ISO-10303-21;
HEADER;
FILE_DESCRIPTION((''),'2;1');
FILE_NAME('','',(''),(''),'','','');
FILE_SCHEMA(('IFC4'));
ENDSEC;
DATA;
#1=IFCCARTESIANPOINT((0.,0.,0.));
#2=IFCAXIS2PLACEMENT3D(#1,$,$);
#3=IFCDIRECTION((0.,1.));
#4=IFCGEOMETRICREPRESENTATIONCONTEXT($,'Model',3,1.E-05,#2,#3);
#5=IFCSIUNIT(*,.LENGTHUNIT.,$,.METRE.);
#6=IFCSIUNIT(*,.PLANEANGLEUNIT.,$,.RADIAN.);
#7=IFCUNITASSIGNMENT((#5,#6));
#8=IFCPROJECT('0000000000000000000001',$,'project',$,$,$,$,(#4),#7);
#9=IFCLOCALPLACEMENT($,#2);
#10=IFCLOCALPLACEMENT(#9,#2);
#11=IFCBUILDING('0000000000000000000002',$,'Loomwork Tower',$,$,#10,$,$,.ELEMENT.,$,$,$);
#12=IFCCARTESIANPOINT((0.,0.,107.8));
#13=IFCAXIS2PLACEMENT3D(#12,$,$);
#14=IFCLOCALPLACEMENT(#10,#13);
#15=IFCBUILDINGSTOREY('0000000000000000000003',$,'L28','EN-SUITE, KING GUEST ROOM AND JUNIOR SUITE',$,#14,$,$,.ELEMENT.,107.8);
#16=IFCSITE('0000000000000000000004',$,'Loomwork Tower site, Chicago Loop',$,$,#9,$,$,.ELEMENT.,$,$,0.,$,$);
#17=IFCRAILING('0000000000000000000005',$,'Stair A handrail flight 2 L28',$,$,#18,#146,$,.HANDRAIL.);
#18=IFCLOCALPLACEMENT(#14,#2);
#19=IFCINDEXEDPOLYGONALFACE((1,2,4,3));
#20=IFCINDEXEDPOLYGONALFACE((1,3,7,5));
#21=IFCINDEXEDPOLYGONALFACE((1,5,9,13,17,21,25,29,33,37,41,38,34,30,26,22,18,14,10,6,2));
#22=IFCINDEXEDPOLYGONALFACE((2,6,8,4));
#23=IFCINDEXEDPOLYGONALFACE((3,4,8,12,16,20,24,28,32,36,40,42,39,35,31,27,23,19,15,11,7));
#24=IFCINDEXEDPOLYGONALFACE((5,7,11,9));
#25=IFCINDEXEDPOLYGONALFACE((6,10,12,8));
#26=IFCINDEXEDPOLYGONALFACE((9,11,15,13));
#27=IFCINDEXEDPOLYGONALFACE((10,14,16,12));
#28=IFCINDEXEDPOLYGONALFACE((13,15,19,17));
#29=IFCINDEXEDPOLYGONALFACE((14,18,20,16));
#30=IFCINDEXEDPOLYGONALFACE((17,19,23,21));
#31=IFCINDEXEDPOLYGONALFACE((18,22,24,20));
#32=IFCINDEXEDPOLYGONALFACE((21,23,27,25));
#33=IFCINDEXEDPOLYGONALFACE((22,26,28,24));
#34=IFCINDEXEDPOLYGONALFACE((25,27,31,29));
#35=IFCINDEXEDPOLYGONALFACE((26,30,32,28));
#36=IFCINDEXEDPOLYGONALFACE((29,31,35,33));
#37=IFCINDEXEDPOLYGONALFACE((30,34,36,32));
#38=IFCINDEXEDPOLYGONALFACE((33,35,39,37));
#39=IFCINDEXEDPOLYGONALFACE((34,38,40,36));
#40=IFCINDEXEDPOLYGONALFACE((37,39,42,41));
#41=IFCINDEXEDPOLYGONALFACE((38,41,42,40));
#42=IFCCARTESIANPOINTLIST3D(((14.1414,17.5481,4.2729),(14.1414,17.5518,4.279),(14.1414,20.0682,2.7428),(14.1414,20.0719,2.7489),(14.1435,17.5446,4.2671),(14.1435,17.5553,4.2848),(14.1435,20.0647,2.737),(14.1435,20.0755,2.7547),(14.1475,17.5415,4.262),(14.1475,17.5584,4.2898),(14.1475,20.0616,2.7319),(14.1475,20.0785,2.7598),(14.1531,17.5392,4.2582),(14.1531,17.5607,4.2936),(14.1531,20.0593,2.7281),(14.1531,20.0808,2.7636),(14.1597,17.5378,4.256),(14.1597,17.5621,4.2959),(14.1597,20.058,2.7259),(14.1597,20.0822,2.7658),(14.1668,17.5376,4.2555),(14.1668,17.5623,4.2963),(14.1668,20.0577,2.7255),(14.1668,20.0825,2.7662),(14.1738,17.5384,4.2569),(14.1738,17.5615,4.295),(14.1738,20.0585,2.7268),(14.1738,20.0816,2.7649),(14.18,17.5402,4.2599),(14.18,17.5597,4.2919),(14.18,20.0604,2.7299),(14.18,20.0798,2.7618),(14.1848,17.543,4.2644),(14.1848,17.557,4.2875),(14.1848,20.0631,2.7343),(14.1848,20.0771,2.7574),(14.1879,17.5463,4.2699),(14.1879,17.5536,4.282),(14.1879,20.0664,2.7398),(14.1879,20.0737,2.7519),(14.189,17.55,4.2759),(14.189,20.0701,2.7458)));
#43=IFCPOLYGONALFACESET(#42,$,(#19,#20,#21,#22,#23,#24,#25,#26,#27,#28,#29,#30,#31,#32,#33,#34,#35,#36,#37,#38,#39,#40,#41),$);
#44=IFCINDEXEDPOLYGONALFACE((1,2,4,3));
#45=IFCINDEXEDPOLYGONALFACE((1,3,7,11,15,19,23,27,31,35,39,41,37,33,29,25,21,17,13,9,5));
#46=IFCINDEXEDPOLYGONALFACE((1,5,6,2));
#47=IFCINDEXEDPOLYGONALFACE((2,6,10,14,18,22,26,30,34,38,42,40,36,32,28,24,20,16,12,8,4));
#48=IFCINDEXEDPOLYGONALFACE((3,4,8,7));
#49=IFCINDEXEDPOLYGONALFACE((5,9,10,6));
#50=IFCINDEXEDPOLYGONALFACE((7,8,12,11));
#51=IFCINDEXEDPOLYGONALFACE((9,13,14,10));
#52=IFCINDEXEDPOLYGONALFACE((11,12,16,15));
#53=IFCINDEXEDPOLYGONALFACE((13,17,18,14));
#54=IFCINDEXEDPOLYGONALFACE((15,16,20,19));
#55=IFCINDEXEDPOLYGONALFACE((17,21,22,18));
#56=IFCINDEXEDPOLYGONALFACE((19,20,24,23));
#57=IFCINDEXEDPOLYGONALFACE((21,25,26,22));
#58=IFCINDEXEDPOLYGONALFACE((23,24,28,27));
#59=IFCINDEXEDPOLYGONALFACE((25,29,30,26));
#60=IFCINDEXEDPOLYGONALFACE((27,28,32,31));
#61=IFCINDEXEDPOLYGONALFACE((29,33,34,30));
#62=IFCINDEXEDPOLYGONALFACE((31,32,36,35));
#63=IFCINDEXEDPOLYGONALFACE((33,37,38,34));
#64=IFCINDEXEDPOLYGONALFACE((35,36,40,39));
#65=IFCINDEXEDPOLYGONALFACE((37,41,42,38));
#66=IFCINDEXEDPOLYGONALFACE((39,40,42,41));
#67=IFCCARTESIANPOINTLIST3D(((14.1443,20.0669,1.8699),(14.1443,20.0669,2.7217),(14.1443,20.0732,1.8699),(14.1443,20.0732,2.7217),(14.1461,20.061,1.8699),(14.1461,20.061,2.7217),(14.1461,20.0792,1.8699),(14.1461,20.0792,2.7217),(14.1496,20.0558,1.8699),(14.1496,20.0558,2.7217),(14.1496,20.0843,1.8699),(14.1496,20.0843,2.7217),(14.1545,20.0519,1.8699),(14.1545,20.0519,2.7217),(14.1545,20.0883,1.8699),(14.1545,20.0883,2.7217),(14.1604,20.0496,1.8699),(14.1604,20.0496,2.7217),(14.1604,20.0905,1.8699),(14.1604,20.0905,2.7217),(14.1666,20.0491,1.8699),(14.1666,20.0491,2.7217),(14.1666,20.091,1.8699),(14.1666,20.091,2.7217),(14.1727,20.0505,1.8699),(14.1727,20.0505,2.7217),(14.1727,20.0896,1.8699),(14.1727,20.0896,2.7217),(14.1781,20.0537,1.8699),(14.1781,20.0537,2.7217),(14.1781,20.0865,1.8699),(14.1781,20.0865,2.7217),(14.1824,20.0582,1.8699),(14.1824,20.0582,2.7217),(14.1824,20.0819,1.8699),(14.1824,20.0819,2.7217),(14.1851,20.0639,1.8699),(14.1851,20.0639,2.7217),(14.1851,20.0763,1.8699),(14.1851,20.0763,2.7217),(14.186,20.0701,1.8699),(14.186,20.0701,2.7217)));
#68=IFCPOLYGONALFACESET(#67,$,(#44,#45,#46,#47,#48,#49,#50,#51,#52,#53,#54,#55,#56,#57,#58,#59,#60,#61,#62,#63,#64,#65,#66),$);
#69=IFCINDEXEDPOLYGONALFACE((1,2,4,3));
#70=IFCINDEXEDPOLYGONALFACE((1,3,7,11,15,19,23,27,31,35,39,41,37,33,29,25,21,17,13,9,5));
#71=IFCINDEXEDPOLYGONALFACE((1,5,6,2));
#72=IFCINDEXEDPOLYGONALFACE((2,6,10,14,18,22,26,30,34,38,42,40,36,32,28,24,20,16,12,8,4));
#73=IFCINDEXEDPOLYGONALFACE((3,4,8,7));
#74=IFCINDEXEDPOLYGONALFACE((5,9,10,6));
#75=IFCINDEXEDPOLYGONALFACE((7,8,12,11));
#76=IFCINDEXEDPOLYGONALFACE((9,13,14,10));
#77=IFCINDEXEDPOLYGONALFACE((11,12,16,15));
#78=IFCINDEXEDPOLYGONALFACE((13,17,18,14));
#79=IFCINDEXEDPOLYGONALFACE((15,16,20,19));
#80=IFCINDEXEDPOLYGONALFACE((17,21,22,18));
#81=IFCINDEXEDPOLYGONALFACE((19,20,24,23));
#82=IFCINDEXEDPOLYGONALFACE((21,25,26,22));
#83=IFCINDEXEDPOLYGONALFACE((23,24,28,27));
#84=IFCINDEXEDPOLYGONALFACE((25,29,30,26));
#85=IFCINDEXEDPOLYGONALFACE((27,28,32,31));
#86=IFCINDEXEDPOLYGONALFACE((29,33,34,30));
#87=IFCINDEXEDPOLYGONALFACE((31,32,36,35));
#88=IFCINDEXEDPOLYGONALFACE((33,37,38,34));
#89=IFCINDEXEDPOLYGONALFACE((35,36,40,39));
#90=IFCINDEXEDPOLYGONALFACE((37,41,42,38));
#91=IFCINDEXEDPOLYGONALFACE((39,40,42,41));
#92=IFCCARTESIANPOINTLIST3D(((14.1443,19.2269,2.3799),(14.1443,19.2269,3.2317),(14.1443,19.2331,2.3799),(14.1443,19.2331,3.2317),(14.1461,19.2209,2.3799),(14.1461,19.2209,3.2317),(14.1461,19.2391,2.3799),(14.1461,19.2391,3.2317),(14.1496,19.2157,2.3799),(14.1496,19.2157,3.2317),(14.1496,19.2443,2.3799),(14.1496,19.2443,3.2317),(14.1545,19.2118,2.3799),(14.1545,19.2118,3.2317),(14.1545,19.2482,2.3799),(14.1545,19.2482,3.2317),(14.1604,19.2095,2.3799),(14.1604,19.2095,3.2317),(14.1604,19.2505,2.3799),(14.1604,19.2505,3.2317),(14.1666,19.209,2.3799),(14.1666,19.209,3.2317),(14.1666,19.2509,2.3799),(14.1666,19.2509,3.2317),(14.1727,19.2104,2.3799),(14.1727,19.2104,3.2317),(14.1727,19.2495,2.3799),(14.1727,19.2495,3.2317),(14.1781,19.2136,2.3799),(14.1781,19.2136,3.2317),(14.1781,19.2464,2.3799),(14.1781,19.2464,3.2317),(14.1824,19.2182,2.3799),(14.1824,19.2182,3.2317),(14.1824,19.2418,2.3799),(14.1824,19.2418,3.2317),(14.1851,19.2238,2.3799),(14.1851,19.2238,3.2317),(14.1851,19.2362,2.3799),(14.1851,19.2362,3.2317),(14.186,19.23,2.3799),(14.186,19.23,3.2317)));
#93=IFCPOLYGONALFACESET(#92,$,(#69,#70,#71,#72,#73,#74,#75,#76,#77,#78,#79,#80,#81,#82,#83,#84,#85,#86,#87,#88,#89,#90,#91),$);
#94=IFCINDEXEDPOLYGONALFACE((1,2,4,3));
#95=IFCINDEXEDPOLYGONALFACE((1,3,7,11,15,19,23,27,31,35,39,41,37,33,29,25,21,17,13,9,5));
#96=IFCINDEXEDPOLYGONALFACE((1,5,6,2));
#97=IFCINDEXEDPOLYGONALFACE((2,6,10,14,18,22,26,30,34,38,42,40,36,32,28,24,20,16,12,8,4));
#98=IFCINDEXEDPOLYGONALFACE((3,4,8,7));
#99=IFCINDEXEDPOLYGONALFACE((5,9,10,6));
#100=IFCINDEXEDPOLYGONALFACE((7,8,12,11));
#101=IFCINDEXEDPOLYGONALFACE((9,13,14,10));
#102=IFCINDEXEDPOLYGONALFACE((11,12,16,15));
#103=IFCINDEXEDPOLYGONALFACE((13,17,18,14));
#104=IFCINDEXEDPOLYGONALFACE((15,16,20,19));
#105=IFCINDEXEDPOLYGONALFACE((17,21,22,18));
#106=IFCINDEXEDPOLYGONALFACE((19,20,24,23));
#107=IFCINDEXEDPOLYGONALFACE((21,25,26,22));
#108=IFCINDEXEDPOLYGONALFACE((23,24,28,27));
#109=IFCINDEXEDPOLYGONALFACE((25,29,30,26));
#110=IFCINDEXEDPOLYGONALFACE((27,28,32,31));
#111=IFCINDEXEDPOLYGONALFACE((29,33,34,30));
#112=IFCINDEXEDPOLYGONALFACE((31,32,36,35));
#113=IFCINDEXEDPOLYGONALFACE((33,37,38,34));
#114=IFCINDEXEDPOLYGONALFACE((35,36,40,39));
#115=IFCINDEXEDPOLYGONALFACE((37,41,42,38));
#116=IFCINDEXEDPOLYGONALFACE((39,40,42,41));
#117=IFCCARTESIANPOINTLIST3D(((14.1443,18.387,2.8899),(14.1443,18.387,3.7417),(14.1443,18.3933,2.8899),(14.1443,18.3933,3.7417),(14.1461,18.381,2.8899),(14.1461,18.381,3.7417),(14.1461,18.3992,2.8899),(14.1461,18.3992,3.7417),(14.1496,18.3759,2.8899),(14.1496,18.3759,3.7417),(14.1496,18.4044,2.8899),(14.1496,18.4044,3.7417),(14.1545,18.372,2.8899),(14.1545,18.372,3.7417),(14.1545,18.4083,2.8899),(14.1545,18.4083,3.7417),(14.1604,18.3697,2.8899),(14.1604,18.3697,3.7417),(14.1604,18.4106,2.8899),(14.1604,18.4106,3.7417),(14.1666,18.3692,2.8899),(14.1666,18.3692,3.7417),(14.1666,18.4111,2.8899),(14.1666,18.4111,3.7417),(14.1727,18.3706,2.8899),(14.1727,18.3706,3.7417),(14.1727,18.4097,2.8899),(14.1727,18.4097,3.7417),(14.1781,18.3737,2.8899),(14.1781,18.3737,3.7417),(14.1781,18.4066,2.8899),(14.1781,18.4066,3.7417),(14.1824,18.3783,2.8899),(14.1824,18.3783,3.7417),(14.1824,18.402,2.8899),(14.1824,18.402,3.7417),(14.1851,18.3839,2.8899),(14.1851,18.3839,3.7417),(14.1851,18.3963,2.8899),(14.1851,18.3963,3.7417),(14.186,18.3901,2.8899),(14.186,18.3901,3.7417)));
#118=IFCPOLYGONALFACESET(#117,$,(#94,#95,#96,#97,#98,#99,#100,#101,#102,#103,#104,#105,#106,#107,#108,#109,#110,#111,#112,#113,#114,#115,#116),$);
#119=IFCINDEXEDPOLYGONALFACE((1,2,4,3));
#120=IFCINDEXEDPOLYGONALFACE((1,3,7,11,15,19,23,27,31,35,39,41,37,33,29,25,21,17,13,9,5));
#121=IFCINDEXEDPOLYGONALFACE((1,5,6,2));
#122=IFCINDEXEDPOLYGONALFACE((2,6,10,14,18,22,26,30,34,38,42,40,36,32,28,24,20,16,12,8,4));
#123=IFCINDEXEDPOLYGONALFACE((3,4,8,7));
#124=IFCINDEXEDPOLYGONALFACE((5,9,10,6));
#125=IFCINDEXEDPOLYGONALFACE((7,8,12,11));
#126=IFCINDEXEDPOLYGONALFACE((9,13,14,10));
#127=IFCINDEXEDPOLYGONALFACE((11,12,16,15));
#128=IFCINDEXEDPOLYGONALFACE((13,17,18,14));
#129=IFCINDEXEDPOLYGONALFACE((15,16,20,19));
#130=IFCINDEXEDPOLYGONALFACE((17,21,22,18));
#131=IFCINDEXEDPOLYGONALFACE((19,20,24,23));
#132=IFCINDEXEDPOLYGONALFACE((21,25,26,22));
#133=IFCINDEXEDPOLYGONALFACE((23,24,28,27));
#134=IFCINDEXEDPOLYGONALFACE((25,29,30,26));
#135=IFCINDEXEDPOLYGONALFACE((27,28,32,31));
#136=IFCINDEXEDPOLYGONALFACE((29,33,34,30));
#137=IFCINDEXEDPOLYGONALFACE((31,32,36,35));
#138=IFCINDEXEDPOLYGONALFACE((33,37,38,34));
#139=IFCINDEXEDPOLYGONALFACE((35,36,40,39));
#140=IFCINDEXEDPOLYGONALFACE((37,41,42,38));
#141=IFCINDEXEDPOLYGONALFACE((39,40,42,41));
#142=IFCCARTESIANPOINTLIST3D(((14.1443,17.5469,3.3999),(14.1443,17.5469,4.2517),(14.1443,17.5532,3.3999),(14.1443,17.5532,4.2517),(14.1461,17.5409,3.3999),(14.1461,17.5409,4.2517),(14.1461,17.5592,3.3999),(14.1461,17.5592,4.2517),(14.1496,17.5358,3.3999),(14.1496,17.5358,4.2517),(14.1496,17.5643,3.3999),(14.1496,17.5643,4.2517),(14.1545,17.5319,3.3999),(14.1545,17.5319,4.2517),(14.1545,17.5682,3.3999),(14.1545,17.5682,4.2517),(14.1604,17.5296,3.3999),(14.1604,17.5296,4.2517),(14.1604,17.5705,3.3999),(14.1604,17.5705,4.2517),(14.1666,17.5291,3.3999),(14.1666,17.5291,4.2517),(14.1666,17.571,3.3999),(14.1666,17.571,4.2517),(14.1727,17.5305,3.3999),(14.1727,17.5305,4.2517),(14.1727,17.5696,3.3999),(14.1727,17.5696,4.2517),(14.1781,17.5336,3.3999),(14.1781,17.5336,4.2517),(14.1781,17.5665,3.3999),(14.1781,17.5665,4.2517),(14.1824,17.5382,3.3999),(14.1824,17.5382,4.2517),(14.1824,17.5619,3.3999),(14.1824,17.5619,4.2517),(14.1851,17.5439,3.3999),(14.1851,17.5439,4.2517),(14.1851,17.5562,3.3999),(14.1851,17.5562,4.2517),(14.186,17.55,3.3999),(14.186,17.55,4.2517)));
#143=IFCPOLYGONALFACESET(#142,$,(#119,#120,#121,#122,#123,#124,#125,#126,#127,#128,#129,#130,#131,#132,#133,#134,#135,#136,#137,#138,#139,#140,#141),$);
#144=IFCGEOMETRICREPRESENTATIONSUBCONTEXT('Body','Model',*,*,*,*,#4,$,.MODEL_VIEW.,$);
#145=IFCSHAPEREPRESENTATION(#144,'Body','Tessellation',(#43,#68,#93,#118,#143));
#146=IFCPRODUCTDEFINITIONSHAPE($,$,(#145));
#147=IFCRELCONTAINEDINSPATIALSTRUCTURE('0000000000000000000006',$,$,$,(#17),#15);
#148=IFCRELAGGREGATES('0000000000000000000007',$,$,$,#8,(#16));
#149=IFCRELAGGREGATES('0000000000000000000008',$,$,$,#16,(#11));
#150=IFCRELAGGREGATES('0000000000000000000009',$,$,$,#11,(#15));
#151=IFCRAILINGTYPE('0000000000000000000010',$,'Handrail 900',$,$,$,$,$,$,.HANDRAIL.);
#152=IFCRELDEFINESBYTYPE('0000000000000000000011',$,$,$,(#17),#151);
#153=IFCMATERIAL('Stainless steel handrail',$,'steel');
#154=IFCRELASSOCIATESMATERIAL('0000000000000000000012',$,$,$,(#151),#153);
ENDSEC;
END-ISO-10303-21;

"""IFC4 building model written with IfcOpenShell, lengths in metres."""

from ifc_helpers import new_model, si_unit, direction, frame, origin, origin_2d, place, context, subcontext, project, spatial, circle, extrude, material, type_object, element, save


model = new_model("IFC4")

# Units and contexts
model_context = context("Model", 3, precision=1e-05, world=origin(), true_north=direction((0.0, 1.0)))
body_context = subcontext(model_context, "Body", "Model", "MODEL_VIEW")
ifc_project = project(units=[si_unit("LENGTHUNIT", "METRE"), si_unit("PLANEANGLEUNIT", "RADIAN")], contexts=[model_context])

# Site, building, storey
site_placement = place(None, origin())
site = spatial("IfcSite", under=ifc_project, at=site_placement, Name="Loomwork Tower site, Chicago Loop", CompositionType="ELEMENT", RefElevation=0.0)
building_placement = place(site_placement, origin())
building = spatial("IfcBuilding", under=site, at=building_placement, Name="Loomwork Tower", CompositionType="ELEMENT")
storey_placement = place(building_placement, frame((0.0, 0.0, 107.8)))
storey = spatial("IfcBuildingStorey", under=building, at=storey_placement, Name="L28", Description="EN-SUITE, KING GUEST ROOM AND JUNIOR SUITE", CompositionType="ELEMENT", Elevation=107.8)

# Railing
ifc_material_1 = material(Name="Stainless steel handrail", Category="steel")
railing_type = type_object("IfcRailingType", Name="Handrail 900", PredefinedType="HANDRAIL", material=ifc_material_1)
railing_1_placement = place(storey_placement, frame((14.165, 20.0701, 1.8699)))
element("IfcRailing", 1, at=railing_1_placement, inside=storey, type_object=railing_type, Name="Stair A handrail flight 2 L28", PredefinedType="HANDRAIL", context=body_context, shape_type="SweptSolid", body=[
    extrude(circle(Radius=0.0239, at=origin_2d()), frame((0.0, 0.0, 0.876), z_axis=(0.0, -0.854785, 0.518982), x_axis=(1.0, 0.0, 0.0)), (0.0, 0.0, 1.0), 2.9482),
    extrude(circle(Radius=0.021, at=origin_2d()), origin(), (0.0, 0.0, 1.0), 0.8518),
    extrude(circle(Radius=0.021, at=origin_2d()), frame((0.0, -0.8401, 0.51)), (0.0, 0.0, 1.0), 0.8518),
    extrude(circle(Radius=0.021, at=origin_2d()), frame((0.0, -1.6799, 1.02)), (0.0, 0.0, 1.0), 0.8518),
    extrude(circle(Radius=0.021, at=origin_2d()), frame((0.0, -2.52, 1.53)), (0.0, 0.0, 1.0), 0.8518),
])

save(model, "model.ifc")
